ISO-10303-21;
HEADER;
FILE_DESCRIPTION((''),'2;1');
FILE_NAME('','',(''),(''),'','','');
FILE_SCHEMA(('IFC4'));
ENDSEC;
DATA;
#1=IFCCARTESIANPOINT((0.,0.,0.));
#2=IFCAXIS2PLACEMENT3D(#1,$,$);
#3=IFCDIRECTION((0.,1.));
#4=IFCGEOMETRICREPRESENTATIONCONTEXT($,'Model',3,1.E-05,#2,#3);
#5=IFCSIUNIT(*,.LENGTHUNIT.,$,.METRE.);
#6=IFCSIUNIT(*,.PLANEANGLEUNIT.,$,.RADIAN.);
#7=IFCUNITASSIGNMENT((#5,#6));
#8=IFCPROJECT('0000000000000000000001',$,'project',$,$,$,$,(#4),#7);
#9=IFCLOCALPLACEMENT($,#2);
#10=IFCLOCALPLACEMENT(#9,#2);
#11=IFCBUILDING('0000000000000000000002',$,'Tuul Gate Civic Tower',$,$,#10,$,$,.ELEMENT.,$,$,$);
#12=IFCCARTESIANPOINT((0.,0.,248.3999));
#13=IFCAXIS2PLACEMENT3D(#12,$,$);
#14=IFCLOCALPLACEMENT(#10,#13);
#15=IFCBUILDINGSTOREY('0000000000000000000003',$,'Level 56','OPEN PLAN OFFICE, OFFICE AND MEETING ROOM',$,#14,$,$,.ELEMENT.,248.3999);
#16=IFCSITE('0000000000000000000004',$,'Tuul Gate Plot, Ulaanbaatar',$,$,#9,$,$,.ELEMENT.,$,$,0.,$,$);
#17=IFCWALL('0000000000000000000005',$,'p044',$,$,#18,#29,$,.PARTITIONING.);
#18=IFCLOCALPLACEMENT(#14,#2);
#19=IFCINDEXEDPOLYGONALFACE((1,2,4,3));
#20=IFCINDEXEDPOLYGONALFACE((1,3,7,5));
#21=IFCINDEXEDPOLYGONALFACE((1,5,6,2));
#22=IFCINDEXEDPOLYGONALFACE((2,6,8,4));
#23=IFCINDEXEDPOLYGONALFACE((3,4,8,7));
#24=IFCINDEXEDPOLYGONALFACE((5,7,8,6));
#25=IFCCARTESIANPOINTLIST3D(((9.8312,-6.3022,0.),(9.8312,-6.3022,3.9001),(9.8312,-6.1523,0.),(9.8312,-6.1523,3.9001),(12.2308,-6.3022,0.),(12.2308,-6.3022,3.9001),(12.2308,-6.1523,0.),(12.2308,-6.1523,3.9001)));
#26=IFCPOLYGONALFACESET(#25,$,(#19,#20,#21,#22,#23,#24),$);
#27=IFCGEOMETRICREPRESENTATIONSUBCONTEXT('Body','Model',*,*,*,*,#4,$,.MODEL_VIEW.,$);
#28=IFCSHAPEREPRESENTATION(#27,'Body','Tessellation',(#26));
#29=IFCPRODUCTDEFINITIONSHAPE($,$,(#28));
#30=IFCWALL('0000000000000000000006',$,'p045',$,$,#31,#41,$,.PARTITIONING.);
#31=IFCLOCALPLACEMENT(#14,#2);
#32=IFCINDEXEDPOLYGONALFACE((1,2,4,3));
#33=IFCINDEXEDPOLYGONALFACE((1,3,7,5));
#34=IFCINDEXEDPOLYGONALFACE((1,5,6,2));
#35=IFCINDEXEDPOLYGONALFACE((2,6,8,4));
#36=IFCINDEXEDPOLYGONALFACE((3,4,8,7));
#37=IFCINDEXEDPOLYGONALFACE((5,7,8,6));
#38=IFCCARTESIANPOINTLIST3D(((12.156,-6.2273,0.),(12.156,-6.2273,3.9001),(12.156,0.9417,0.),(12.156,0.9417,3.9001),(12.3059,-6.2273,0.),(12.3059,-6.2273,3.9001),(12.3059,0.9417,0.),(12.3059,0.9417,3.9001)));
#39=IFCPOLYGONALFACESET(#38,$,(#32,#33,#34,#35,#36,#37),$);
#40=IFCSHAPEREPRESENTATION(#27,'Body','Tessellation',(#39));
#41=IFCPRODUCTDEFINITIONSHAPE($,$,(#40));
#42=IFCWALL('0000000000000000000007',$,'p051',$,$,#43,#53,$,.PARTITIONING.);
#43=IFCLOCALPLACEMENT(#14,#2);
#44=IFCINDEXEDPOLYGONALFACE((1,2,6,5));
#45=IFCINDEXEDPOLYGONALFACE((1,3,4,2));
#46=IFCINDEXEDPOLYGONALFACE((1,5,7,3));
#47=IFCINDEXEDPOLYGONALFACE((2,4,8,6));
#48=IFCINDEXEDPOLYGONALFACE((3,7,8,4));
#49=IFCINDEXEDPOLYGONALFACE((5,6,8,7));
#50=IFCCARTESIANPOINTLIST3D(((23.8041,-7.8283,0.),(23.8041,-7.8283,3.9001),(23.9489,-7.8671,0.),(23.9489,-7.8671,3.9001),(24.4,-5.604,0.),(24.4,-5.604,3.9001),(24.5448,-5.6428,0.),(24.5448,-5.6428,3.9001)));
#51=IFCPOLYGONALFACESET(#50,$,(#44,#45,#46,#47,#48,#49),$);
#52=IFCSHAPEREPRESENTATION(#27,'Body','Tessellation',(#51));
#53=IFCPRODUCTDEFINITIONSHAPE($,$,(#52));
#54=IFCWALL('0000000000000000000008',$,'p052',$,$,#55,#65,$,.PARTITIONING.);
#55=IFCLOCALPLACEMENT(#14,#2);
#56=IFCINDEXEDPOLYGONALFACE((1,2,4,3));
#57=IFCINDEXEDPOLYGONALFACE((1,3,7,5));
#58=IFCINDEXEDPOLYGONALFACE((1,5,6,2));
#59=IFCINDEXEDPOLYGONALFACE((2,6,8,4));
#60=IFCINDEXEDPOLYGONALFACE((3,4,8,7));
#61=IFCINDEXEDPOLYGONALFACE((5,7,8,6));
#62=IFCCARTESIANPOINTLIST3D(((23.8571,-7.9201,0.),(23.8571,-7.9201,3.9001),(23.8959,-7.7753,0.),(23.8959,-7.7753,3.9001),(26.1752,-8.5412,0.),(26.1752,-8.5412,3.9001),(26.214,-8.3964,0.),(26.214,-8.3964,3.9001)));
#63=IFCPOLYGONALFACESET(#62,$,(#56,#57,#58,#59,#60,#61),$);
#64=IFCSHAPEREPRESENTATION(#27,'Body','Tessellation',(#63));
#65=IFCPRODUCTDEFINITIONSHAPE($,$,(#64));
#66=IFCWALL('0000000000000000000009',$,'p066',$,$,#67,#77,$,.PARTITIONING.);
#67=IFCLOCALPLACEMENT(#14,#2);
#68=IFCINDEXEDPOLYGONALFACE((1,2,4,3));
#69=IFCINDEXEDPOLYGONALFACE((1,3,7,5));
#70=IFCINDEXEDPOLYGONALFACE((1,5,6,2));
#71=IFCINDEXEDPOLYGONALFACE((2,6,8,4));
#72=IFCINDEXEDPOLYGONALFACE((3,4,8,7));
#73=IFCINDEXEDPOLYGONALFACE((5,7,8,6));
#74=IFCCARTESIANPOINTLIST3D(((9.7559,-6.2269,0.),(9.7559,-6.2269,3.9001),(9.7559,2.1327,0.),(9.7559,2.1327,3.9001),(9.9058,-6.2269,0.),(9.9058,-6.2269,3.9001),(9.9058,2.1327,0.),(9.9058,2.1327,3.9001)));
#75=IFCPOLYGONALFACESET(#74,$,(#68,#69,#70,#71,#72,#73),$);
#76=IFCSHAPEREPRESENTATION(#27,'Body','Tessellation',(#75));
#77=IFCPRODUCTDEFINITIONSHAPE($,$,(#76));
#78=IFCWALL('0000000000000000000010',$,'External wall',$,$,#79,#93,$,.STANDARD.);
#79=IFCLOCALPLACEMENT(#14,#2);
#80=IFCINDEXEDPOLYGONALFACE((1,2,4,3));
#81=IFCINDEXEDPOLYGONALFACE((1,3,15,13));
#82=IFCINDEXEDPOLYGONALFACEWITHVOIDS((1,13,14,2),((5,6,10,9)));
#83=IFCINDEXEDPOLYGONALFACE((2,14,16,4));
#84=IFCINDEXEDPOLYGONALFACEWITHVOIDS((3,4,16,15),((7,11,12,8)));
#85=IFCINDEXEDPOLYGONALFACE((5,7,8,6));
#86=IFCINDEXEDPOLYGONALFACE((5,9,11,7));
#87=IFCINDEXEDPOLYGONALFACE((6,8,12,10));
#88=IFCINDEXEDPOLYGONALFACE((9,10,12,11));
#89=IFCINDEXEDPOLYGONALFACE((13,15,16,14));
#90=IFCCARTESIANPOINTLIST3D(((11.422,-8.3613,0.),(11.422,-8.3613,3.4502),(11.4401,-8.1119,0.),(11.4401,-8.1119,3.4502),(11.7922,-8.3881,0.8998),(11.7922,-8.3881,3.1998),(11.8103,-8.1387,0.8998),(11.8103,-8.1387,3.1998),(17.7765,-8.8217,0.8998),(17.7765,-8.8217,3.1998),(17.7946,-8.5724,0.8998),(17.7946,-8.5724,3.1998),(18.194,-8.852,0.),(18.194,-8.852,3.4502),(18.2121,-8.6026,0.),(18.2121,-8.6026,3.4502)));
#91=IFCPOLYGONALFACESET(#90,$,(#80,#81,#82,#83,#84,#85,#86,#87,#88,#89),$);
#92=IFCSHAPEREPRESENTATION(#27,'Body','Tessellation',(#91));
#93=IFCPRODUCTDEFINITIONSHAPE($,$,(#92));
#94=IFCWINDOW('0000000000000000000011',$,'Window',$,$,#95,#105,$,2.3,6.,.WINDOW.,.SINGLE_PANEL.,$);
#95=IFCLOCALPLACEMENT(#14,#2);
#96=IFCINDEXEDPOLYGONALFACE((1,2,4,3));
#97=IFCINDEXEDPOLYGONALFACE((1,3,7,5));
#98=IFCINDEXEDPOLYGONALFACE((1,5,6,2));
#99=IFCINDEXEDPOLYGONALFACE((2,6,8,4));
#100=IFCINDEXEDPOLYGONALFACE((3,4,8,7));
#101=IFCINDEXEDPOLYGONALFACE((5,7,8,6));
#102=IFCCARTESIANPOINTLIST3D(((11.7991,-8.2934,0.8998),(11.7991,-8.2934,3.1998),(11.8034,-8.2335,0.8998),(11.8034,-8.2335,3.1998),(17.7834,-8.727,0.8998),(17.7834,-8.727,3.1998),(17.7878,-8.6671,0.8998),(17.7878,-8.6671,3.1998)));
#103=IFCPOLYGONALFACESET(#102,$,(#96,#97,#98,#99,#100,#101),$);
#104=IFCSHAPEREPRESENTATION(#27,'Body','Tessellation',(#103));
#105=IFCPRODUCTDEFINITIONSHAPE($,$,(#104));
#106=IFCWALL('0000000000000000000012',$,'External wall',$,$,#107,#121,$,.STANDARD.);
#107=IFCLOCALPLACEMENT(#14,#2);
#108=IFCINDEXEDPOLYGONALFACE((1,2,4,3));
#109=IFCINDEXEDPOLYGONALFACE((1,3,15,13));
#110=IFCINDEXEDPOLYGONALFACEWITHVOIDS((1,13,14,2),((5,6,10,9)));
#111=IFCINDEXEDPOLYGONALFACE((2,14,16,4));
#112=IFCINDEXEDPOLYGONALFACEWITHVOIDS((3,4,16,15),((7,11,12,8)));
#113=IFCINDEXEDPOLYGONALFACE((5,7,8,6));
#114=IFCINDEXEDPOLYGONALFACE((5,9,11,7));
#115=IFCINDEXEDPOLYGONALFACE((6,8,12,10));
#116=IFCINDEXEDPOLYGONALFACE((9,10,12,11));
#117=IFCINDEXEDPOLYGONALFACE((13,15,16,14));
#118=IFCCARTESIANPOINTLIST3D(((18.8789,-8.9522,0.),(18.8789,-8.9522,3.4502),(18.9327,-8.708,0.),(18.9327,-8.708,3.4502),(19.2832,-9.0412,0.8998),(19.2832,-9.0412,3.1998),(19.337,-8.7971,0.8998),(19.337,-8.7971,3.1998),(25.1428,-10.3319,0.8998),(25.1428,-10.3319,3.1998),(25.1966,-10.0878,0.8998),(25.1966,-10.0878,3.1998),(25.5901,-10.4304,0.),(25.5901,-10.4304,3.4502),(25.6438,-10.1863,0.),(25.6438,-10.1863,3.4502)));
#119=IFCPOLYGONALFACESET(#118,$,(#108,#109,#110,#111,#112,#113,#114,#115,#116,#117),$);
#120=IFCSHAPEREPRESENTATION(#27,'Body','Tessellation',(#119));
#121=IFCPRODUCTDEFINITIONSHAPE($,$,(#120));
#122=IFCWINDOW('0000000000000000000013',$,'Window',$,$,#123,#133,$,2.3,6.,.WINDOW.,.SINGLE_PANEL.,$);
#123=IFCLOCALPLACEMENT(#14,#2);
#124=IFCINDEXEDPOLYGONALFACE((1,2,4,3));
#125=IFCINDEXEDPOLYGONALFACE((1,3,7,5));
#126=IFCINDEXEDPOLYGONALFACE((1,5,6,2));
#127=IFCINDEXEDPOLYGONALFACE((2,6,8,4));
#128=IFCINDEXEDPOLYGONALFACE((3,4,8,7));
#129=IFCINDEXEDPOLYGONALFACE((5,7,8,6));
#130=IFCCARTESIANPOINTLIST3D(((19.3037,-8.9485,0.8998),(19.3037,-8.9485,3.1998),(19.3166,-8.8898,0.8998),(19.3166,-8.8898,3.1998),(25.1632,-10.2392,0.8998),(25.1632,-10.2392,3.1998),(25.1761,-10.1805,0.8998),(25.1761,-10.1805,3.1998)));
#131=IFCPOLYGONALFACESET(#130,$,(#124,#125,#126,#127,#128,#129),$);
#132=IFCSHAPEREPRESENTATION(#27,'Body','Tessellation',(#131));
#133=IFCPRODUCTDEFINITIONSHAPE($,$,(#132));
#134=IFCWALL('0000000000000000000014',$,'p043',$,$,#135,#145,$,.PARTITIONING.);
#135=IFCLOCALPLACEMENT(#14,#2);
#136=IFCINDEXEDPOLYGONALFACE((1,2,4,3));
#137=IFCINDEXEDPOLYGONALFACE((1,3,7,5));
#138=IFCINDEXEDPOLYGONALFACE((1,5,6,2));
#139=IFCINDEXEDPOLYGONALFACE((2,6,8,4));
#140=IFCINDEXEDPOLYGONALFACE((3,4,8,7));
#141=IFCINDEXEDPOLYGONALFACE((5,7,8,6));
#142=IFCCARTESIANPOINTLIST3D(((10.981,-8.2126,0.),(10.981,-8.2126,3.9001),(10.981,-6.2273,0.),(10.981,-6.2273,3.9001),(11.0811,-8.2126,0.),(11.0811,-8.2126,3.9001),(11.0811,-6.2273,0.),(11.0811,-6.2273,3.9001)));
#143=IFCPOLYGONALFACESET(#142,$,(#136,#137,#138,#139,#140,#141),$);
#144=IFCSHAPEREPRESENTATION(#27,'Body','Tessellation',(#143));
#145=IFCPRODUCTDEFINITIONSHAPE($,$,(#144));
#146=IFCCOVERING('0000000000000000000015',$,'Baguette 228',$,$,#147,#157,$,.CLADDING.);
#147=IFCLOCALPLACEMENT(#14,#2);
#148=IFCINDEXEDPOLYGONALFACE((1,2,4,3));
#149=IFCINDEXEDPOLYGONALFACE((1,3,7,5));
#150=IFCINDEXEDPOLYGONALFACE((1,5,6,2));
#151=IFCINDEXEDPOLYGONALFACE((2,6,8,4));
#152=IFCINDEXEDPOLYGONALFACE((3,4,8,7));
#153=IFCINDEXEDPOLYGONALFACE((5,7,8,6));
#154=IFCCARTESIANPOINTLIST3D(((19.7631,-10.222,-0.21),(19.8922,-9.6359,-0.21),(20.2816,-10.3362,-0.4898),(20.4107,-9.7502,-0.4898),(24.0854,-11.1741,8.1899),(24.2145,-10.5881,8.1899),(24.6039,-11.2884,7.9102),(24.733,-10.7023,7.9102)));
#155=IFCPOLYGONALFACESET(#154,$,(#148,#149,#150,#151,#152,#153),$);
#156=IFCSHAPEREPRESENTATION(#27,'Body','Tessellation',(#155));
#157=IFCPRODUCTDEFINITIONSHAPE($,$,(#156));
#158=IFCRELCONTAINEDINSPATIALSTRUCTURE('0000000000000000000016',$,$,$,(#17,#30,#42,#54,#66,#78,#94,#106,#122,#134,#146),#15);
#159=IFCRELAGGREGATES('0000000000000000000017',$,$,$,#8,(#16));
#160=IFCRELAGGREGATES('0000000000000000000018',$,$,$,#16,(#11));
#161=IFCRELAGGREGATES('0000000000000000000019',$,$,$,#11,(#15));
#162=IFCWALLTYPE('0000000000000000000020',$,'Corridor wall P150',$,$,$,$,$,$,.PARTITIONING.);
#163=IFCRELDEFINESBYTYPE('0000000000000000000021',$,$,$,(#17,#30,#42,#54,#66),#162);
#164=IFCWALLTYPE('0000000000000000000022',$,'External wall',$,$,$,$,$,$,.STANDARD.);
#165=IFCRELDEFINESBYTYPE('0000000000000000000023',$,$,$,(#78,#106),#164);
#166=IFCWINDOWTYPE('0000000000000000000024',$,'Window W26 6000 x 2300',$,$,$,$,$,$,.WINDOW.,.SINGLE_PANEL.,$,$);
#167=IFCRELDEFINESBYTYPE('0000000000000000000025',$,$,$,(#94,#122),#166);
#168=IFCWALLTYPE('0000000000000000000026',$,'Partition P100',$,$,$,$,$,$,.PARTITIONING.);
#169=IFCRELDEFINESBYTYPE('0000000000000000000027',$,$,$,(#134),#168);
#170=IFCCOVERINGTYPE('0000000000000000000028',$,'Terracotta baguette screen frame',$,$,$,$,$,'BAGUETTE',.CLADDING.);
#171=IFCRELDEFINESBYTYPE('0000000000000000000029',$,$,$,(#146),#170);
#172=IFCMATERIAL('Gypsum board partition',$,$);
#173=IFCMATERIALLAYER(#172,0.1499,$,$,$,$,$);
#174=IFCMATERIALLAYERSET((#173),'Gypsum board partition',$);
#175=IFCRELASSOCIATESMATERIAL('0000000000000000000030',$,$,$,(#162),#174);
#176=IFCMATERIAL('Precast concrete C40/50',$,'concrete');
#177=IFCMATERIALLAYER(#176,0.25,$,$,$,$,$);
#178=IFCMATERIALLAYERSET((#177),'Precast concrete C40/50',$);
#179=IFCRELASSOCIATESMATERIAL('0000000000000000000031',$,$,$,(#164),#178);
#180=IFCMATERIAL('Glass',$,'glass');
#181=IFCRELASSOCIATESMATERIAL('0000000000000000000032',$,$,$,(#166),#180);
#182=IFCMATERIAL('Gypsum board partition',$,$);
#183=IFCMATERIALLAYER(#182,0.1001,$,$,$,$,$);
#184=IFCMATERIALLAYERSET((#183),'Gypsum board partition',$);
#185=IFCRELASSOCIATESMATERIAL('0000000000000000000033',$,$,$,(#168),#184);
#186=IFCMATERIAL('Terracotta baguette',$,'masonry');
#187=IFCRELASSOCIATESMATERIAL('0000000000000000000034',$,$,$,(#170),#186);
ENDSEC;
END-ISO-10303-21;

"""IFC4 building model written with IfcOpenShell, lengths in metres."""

from ifc_helpers import new_model, si_unit, direction, frame, frame_2d, origin, origin_2d, place, context, subcontext, project, spatial, rectangle, extrude, material, layer, layer_set, material_profile, profile_set, type_object, element, fill, save


model = new_model("IFC4")

# Units and contexts
model_context = context("Model", 3, precision=1e-05, world=origin(), true_north=direction((0.0, 1.0)))
body_context = subcontext(model_context, "Body", "Model", "MODEL_VIEW")
ifc_project = project(units=[si_unit("LENGTHUNIT", "METRE"), si_unit("PLANEANGLEUNIT", "RADIAN")], contexts=[model_context])

# Site, building, storey
site_placement = place(None, origin())
site = spatial("IfcSite", under=ifc_project, at=site_placement, Name="Tuul Gate Plot, Ulaanbaatar", CompositionType="ELEMENT", RefElevation=0.0)
building_placement = place(site_placement, origin())
building = spatial("IfcBuilding", under=site, at=building_placement, Name="Tuul Gate Civic Tower", CompositionType="ELEMENT")
storey_placement = place(building_placement, frame((0.0, 0.0, 248.3999)))
storey = spatial("IfcBuildingStorey", under=building, at=storey_placement, Name="Level 56", Description="OPEN PLAN OFFICE, OFFICE AND MEETING ROOM", CompositionType="ELEMENT", Elevation=248.3999)

# Walls
ifc_material_1 = material(Name="Gypsum board partition")
ifc_layer_1 = layer(ifc_material_1, 0.1499)
ifc_layer_set_1 = layer_set([ifc_layer_1], Name="Gypsum board partition")
wall_type_1 = type_object("IfcWallType", Name="Corridor wall P150", PredefinedType="PARTITIONING", material=ifc_layer_set_1)
wall_1_placement = place(storey_placement, frame((9.8313, -6.2273, 0.0), z_axis=(0.0, 0.0, 1.0), x_axis=(1.0, 0.0, 0.0)))
element("IfcWall", 1, at=wall_1_placement, inside=storey, type_object=wall_type_1, Name="p044", PredefinedType="PARTITIONING", context=body_context, shape_type="SweptSolid", body=[
    extrude(rectangle(XDim=2.3997, YDim=0.1499, at=frame_2d((1.1997, 0.0))), origin(), (0.0, 0.0, 1.0), 3.9001),
])
wall_2_placement = place(storey_placement, frame((12.231, -6.2273, 0.0), z_axis=(0.0, 0.0, 1.0), x_axis=(0.0, 1.0, 0.0)))
element("IfcWall", 2, at=wall_2_placement, inside=storey, type_object=wall_type_1, Name="p045", PredefinedType="PARTITIONING", context=body_context, shape_type="SweptSolid", body=[
    extrude(rectangle(XDim=7.1689, YDim=0.1499, at=frame_2d((3.5845, 0.0))), origin(), (0.0, 0.0, 1.0), 3.9001),
])
wall_3_placement = place(storey_placement, frame((23.8765, -7.8477, 0.0), z_axis=(0.0, 0.0, 1.0), x_axis=(0.258791, 0.965933, 0.0)))
element("IfcWall", 3, at=wall_3_placement, inside=storey, type_object=wall_type_1, Name="p051", PredefinedType="PARTITIONING", context=body_context, shape_type="SweptSolid", body=[
    extrude(rectangle(XDim=2.3027, YDim=0.1499, at=frame_2d((1.1514, 0.0))), origin(), (0.0, 0.0, 1.0), 3.9001),
])
wall_4_placement = place(storey_placement, frame((23.8765, -7.8477, 0.0), z_axis=(0.0, 0.0, 1.0), x_axis=(0.96593, -0.258802, 0.0)))
element("IfcWall", 4, at=wall_4_placement, inside=storey, type_object=wall_type_1, Name="p052", PredefinedType="PARTITIONING", context=body_context, shape_type="SweptSolid", body=[
    extrude(rectangle(XDim=2.3999, YDim=0.1499, at=frame_2d((1.2, 0.0))), origin(), (0.0, 0.0, 1.0), 3.9001),
])
wall_5_placement = place(storey_placement, frame((9.8308, -6.2268, 0.0), z_axis=(0.0, 0.0, 1.0), x_axis=(0.0, 1.0, 0.0)))
element("IfcWall", 5, at=wall_5_placement, inside=storey, type_object=wall_type_1, Name="p066", PredefinedType="PARTITIONING", context=body_context, shape_type="SweptSolid", body=[
    extrude(rectangle(XDim=8.3596, YDim=0.1499, at=frame_2d((4.1797, 0.0))), origin(), (0.0, 0.0, 1.0), 3.9001),
])

# Walls, openings, windows
ifc_material_2 = material(Name="Precast concrete C40/50", Category="concrete")
ifc_layer_2 = layer(ifc_material_2, 0.25)
ifc_layer_set_2 = layer_set([ifc_layer_2], Name="Precast concrete C40/50")
wall_type_2 = type_object("IfcWallType", Name="External wall", PredefinedType="STANDARD", material=ifc_layer_set_2)
wall_6_placement = place(storey_placement, frame((11.4309, -8.2366, 0.0), z_axis=(0.0, 0.0, 1.0), x_axis=(0.997385, -0.072274, 0.0)))
wall_6 = element("IfcWall", 6, at=wall_6_placement, inside=storey, type_object=wall_type_2, Name="External wall", PredefinedType="STANDARD", context=body_context, shape_type="SweptSolid", body=[
    extrude(rectangle(XDim=6.7898, YDim=0.25, at=frame_2d((3.395, 0.0))), origin(), (0.0, 0.0, 1.0), 3.4502),
])
opening_1_placement = place(wall_6_placement, frame((0.3713, 0.0, 0.8999)))
opening_1 = element("IfcOpeningElement", 7, at=opening_1_placement, cuts=wall_6, PredefinedType="OPENING", context=body_context, shape_type="SweptSolid", body=[
    extrude(rectangle(XDim=6.0, YDim=2.3, at=frame_2d((3.0, 1.1499))), frame((0.0, 0.135, 0.0), z_axis=(0.0, -1.0, 0.0), x_axis=(1.0, 0.0, 0.0)), (0.0, 0.0, 1.0), 0.27),
])
ifc_material_3 = material(Name="Glass", Category="glass")
window_type = type_object("IfcWindowType", Name="Window W26 6000 x 2300", PartitioningType="SINGLE_PANEL", PredefinedType="WINDOW", material=ifc_material_3)
window_1_placement = place(opening_1_placement, origin())
window_1 = element("IfcWindow", 8, at=window_1_placement, inside=storey, type_object=window_type, Name="Window", OverallHeight=2.3, OverallWidth=6.0, PartitioningType="SINGLE_PANEL", PredefinedType="WINDOW", context=body_context, shape_type="SweptSolid", body=[
    extrude(rectangle(XDim=6.0, YDim=2.3, at=frame_2d((3.0, 1.1499))), frame((0.0, 0.03, 0.0), z_axis=(0.0, -1.0, 0.0), x_axis=(1.0, 0.0, 0.0)), (0.0, 0.0, 1.0), 0.0601),
])
fill(opening_1, window_1)
wall_7_placement = place(storey_placement, frame((18.9058, -8.8301, 0.0), z_axis=(0.0, 0.0, 1.0), x_axis=(0.976589, -0.215113, 0.0)))
wall_7 = element("IfcWall", 9, at=wall_7_placement, inside=storey, type_object=wall_type_2, Name="External wall", PredefinedType="STANDARD", context=body_context, shape_type="SweptSolid", body=[
    extrude(rectangle(XDim=6.8721, YDim=0.25, at=frame_2d((3.436, 0.0))), origin(), (0.0, 0.0, 1.0), 3.4502),
])
opening_2_placement = place(wall_7_placement, frame((0.4141, 0.0, 0.8999)))
opening_2 = element("IfcOpeningElement", 10, at=opening_2_placement, cuts=wall_7, PredefinedType="OPENING", context=body_context, shape_type="SweptSolid", body=[
    extrude(rectangle(XDim=6.0, YDim=2.3, at=frame_2d((3.0, 1.1499))), frame((0.0, 0.135, 0.0), z_axis=(0.0, -1.0, 0.0), x_axis=(1.0, 0.0, 0.0)), (0.0, 0.0, 1.0), 0.27),
])
window_2_placement = place(opening_2_placement, origin())
window_2 = element("IfcWindow", 11, at=window_2_placement, inside=storey, type_object=window_type, Name="Window", OverallHeight=2.3, OverallWidth=6.0, PartitioningType="SINGLE_PANEL", PredefinedType="WINDOW", context=body_context, shape_type="SweptSolid", body=[
    extrude(rectangle(XDim=6.0, YDim=2.3, at=frame_2d((3.0, 1.1499))), frame((0.0, 0.03, 0.0), z_axis=(0.0, -1.0, 0.0), x_axis=(1.0, 0.0, 0.0)), (0.0, 0.0, 1.0), 0.0601),
])
fill(opening_2, window_2)

# Wall
ifc_material_4 = material(Name="Gypsum board partition")
ifc_layer_3 = layer(ifc_material_4, 0.1001)
ifc_layer_set_3 = layer_set([ifc_layer_3], Name="Gypsum board partition")
wall_type_3 = type_object("IfcWallType", Name="Partition P100", PredefinedType="PARTITIONING", material=ifc_layer_set_3)
wall_8_placement = place(storey_placement, frame((11.031, -8.2126, 0.0), z_axis=(0.0, 0.0, 1.0), x_axis=(0.0, 1.0, 0.0)))
element("IfcWall", 12, at=wall_8_placement, inside=storey, type_object=wall_type_3, Name="p043", PredefinedType="PARTITIONING", context=body_context, shape_type="SweptSolid", body=[
    extrude(rectangle(XDim=1.9854, YDim=0.1001, at=frame_2d((0.9927, 0.0))), origin(), (0.0, 0.0, 1.0), 3.9001),
])

# Covering
ifc_material_5 = material(Name="Terracotta baguette", Category="masonry")
ifc_material_profile_1 = material_profile(ifc_material_5, rectangle(XDim=0.6001, YDim=0.6001, at=origin_2d()), Name="Terracotta baguette screen frame")
ifc_profile_set_1 = profile_set([ifc_material_profile_1], Name="Terracotta baguette")
covering_type = type_object("IfcCoveringType", Name="Terracotta baguette screen frame", ElementType="BAGUETTE", PredefinedType="CLADDING", material=ifc_profile_set_1)
covering_placement = place(storey_placement, frame((24.4092, -10.9382, 8.05), z_axis=(-0.455235, 0.100283, -0.884706), x_axis=(-0.215131, -0.976585, 0.0)))
element("IfcCovering", 13, at=covering_placement, inside=storey, type_object=covering_type, Name="Baguette 228", PredefinedType="CLADDING", context=body_context, shape_type="SweptSolid", body=[
    extrude(rectangle(XDim=0.6001, YDim=0.6001, at=origin_2d()), origin(), (0.0, 0.0, 1.0), 9.4946),
])

save(model, "model.ifc")
